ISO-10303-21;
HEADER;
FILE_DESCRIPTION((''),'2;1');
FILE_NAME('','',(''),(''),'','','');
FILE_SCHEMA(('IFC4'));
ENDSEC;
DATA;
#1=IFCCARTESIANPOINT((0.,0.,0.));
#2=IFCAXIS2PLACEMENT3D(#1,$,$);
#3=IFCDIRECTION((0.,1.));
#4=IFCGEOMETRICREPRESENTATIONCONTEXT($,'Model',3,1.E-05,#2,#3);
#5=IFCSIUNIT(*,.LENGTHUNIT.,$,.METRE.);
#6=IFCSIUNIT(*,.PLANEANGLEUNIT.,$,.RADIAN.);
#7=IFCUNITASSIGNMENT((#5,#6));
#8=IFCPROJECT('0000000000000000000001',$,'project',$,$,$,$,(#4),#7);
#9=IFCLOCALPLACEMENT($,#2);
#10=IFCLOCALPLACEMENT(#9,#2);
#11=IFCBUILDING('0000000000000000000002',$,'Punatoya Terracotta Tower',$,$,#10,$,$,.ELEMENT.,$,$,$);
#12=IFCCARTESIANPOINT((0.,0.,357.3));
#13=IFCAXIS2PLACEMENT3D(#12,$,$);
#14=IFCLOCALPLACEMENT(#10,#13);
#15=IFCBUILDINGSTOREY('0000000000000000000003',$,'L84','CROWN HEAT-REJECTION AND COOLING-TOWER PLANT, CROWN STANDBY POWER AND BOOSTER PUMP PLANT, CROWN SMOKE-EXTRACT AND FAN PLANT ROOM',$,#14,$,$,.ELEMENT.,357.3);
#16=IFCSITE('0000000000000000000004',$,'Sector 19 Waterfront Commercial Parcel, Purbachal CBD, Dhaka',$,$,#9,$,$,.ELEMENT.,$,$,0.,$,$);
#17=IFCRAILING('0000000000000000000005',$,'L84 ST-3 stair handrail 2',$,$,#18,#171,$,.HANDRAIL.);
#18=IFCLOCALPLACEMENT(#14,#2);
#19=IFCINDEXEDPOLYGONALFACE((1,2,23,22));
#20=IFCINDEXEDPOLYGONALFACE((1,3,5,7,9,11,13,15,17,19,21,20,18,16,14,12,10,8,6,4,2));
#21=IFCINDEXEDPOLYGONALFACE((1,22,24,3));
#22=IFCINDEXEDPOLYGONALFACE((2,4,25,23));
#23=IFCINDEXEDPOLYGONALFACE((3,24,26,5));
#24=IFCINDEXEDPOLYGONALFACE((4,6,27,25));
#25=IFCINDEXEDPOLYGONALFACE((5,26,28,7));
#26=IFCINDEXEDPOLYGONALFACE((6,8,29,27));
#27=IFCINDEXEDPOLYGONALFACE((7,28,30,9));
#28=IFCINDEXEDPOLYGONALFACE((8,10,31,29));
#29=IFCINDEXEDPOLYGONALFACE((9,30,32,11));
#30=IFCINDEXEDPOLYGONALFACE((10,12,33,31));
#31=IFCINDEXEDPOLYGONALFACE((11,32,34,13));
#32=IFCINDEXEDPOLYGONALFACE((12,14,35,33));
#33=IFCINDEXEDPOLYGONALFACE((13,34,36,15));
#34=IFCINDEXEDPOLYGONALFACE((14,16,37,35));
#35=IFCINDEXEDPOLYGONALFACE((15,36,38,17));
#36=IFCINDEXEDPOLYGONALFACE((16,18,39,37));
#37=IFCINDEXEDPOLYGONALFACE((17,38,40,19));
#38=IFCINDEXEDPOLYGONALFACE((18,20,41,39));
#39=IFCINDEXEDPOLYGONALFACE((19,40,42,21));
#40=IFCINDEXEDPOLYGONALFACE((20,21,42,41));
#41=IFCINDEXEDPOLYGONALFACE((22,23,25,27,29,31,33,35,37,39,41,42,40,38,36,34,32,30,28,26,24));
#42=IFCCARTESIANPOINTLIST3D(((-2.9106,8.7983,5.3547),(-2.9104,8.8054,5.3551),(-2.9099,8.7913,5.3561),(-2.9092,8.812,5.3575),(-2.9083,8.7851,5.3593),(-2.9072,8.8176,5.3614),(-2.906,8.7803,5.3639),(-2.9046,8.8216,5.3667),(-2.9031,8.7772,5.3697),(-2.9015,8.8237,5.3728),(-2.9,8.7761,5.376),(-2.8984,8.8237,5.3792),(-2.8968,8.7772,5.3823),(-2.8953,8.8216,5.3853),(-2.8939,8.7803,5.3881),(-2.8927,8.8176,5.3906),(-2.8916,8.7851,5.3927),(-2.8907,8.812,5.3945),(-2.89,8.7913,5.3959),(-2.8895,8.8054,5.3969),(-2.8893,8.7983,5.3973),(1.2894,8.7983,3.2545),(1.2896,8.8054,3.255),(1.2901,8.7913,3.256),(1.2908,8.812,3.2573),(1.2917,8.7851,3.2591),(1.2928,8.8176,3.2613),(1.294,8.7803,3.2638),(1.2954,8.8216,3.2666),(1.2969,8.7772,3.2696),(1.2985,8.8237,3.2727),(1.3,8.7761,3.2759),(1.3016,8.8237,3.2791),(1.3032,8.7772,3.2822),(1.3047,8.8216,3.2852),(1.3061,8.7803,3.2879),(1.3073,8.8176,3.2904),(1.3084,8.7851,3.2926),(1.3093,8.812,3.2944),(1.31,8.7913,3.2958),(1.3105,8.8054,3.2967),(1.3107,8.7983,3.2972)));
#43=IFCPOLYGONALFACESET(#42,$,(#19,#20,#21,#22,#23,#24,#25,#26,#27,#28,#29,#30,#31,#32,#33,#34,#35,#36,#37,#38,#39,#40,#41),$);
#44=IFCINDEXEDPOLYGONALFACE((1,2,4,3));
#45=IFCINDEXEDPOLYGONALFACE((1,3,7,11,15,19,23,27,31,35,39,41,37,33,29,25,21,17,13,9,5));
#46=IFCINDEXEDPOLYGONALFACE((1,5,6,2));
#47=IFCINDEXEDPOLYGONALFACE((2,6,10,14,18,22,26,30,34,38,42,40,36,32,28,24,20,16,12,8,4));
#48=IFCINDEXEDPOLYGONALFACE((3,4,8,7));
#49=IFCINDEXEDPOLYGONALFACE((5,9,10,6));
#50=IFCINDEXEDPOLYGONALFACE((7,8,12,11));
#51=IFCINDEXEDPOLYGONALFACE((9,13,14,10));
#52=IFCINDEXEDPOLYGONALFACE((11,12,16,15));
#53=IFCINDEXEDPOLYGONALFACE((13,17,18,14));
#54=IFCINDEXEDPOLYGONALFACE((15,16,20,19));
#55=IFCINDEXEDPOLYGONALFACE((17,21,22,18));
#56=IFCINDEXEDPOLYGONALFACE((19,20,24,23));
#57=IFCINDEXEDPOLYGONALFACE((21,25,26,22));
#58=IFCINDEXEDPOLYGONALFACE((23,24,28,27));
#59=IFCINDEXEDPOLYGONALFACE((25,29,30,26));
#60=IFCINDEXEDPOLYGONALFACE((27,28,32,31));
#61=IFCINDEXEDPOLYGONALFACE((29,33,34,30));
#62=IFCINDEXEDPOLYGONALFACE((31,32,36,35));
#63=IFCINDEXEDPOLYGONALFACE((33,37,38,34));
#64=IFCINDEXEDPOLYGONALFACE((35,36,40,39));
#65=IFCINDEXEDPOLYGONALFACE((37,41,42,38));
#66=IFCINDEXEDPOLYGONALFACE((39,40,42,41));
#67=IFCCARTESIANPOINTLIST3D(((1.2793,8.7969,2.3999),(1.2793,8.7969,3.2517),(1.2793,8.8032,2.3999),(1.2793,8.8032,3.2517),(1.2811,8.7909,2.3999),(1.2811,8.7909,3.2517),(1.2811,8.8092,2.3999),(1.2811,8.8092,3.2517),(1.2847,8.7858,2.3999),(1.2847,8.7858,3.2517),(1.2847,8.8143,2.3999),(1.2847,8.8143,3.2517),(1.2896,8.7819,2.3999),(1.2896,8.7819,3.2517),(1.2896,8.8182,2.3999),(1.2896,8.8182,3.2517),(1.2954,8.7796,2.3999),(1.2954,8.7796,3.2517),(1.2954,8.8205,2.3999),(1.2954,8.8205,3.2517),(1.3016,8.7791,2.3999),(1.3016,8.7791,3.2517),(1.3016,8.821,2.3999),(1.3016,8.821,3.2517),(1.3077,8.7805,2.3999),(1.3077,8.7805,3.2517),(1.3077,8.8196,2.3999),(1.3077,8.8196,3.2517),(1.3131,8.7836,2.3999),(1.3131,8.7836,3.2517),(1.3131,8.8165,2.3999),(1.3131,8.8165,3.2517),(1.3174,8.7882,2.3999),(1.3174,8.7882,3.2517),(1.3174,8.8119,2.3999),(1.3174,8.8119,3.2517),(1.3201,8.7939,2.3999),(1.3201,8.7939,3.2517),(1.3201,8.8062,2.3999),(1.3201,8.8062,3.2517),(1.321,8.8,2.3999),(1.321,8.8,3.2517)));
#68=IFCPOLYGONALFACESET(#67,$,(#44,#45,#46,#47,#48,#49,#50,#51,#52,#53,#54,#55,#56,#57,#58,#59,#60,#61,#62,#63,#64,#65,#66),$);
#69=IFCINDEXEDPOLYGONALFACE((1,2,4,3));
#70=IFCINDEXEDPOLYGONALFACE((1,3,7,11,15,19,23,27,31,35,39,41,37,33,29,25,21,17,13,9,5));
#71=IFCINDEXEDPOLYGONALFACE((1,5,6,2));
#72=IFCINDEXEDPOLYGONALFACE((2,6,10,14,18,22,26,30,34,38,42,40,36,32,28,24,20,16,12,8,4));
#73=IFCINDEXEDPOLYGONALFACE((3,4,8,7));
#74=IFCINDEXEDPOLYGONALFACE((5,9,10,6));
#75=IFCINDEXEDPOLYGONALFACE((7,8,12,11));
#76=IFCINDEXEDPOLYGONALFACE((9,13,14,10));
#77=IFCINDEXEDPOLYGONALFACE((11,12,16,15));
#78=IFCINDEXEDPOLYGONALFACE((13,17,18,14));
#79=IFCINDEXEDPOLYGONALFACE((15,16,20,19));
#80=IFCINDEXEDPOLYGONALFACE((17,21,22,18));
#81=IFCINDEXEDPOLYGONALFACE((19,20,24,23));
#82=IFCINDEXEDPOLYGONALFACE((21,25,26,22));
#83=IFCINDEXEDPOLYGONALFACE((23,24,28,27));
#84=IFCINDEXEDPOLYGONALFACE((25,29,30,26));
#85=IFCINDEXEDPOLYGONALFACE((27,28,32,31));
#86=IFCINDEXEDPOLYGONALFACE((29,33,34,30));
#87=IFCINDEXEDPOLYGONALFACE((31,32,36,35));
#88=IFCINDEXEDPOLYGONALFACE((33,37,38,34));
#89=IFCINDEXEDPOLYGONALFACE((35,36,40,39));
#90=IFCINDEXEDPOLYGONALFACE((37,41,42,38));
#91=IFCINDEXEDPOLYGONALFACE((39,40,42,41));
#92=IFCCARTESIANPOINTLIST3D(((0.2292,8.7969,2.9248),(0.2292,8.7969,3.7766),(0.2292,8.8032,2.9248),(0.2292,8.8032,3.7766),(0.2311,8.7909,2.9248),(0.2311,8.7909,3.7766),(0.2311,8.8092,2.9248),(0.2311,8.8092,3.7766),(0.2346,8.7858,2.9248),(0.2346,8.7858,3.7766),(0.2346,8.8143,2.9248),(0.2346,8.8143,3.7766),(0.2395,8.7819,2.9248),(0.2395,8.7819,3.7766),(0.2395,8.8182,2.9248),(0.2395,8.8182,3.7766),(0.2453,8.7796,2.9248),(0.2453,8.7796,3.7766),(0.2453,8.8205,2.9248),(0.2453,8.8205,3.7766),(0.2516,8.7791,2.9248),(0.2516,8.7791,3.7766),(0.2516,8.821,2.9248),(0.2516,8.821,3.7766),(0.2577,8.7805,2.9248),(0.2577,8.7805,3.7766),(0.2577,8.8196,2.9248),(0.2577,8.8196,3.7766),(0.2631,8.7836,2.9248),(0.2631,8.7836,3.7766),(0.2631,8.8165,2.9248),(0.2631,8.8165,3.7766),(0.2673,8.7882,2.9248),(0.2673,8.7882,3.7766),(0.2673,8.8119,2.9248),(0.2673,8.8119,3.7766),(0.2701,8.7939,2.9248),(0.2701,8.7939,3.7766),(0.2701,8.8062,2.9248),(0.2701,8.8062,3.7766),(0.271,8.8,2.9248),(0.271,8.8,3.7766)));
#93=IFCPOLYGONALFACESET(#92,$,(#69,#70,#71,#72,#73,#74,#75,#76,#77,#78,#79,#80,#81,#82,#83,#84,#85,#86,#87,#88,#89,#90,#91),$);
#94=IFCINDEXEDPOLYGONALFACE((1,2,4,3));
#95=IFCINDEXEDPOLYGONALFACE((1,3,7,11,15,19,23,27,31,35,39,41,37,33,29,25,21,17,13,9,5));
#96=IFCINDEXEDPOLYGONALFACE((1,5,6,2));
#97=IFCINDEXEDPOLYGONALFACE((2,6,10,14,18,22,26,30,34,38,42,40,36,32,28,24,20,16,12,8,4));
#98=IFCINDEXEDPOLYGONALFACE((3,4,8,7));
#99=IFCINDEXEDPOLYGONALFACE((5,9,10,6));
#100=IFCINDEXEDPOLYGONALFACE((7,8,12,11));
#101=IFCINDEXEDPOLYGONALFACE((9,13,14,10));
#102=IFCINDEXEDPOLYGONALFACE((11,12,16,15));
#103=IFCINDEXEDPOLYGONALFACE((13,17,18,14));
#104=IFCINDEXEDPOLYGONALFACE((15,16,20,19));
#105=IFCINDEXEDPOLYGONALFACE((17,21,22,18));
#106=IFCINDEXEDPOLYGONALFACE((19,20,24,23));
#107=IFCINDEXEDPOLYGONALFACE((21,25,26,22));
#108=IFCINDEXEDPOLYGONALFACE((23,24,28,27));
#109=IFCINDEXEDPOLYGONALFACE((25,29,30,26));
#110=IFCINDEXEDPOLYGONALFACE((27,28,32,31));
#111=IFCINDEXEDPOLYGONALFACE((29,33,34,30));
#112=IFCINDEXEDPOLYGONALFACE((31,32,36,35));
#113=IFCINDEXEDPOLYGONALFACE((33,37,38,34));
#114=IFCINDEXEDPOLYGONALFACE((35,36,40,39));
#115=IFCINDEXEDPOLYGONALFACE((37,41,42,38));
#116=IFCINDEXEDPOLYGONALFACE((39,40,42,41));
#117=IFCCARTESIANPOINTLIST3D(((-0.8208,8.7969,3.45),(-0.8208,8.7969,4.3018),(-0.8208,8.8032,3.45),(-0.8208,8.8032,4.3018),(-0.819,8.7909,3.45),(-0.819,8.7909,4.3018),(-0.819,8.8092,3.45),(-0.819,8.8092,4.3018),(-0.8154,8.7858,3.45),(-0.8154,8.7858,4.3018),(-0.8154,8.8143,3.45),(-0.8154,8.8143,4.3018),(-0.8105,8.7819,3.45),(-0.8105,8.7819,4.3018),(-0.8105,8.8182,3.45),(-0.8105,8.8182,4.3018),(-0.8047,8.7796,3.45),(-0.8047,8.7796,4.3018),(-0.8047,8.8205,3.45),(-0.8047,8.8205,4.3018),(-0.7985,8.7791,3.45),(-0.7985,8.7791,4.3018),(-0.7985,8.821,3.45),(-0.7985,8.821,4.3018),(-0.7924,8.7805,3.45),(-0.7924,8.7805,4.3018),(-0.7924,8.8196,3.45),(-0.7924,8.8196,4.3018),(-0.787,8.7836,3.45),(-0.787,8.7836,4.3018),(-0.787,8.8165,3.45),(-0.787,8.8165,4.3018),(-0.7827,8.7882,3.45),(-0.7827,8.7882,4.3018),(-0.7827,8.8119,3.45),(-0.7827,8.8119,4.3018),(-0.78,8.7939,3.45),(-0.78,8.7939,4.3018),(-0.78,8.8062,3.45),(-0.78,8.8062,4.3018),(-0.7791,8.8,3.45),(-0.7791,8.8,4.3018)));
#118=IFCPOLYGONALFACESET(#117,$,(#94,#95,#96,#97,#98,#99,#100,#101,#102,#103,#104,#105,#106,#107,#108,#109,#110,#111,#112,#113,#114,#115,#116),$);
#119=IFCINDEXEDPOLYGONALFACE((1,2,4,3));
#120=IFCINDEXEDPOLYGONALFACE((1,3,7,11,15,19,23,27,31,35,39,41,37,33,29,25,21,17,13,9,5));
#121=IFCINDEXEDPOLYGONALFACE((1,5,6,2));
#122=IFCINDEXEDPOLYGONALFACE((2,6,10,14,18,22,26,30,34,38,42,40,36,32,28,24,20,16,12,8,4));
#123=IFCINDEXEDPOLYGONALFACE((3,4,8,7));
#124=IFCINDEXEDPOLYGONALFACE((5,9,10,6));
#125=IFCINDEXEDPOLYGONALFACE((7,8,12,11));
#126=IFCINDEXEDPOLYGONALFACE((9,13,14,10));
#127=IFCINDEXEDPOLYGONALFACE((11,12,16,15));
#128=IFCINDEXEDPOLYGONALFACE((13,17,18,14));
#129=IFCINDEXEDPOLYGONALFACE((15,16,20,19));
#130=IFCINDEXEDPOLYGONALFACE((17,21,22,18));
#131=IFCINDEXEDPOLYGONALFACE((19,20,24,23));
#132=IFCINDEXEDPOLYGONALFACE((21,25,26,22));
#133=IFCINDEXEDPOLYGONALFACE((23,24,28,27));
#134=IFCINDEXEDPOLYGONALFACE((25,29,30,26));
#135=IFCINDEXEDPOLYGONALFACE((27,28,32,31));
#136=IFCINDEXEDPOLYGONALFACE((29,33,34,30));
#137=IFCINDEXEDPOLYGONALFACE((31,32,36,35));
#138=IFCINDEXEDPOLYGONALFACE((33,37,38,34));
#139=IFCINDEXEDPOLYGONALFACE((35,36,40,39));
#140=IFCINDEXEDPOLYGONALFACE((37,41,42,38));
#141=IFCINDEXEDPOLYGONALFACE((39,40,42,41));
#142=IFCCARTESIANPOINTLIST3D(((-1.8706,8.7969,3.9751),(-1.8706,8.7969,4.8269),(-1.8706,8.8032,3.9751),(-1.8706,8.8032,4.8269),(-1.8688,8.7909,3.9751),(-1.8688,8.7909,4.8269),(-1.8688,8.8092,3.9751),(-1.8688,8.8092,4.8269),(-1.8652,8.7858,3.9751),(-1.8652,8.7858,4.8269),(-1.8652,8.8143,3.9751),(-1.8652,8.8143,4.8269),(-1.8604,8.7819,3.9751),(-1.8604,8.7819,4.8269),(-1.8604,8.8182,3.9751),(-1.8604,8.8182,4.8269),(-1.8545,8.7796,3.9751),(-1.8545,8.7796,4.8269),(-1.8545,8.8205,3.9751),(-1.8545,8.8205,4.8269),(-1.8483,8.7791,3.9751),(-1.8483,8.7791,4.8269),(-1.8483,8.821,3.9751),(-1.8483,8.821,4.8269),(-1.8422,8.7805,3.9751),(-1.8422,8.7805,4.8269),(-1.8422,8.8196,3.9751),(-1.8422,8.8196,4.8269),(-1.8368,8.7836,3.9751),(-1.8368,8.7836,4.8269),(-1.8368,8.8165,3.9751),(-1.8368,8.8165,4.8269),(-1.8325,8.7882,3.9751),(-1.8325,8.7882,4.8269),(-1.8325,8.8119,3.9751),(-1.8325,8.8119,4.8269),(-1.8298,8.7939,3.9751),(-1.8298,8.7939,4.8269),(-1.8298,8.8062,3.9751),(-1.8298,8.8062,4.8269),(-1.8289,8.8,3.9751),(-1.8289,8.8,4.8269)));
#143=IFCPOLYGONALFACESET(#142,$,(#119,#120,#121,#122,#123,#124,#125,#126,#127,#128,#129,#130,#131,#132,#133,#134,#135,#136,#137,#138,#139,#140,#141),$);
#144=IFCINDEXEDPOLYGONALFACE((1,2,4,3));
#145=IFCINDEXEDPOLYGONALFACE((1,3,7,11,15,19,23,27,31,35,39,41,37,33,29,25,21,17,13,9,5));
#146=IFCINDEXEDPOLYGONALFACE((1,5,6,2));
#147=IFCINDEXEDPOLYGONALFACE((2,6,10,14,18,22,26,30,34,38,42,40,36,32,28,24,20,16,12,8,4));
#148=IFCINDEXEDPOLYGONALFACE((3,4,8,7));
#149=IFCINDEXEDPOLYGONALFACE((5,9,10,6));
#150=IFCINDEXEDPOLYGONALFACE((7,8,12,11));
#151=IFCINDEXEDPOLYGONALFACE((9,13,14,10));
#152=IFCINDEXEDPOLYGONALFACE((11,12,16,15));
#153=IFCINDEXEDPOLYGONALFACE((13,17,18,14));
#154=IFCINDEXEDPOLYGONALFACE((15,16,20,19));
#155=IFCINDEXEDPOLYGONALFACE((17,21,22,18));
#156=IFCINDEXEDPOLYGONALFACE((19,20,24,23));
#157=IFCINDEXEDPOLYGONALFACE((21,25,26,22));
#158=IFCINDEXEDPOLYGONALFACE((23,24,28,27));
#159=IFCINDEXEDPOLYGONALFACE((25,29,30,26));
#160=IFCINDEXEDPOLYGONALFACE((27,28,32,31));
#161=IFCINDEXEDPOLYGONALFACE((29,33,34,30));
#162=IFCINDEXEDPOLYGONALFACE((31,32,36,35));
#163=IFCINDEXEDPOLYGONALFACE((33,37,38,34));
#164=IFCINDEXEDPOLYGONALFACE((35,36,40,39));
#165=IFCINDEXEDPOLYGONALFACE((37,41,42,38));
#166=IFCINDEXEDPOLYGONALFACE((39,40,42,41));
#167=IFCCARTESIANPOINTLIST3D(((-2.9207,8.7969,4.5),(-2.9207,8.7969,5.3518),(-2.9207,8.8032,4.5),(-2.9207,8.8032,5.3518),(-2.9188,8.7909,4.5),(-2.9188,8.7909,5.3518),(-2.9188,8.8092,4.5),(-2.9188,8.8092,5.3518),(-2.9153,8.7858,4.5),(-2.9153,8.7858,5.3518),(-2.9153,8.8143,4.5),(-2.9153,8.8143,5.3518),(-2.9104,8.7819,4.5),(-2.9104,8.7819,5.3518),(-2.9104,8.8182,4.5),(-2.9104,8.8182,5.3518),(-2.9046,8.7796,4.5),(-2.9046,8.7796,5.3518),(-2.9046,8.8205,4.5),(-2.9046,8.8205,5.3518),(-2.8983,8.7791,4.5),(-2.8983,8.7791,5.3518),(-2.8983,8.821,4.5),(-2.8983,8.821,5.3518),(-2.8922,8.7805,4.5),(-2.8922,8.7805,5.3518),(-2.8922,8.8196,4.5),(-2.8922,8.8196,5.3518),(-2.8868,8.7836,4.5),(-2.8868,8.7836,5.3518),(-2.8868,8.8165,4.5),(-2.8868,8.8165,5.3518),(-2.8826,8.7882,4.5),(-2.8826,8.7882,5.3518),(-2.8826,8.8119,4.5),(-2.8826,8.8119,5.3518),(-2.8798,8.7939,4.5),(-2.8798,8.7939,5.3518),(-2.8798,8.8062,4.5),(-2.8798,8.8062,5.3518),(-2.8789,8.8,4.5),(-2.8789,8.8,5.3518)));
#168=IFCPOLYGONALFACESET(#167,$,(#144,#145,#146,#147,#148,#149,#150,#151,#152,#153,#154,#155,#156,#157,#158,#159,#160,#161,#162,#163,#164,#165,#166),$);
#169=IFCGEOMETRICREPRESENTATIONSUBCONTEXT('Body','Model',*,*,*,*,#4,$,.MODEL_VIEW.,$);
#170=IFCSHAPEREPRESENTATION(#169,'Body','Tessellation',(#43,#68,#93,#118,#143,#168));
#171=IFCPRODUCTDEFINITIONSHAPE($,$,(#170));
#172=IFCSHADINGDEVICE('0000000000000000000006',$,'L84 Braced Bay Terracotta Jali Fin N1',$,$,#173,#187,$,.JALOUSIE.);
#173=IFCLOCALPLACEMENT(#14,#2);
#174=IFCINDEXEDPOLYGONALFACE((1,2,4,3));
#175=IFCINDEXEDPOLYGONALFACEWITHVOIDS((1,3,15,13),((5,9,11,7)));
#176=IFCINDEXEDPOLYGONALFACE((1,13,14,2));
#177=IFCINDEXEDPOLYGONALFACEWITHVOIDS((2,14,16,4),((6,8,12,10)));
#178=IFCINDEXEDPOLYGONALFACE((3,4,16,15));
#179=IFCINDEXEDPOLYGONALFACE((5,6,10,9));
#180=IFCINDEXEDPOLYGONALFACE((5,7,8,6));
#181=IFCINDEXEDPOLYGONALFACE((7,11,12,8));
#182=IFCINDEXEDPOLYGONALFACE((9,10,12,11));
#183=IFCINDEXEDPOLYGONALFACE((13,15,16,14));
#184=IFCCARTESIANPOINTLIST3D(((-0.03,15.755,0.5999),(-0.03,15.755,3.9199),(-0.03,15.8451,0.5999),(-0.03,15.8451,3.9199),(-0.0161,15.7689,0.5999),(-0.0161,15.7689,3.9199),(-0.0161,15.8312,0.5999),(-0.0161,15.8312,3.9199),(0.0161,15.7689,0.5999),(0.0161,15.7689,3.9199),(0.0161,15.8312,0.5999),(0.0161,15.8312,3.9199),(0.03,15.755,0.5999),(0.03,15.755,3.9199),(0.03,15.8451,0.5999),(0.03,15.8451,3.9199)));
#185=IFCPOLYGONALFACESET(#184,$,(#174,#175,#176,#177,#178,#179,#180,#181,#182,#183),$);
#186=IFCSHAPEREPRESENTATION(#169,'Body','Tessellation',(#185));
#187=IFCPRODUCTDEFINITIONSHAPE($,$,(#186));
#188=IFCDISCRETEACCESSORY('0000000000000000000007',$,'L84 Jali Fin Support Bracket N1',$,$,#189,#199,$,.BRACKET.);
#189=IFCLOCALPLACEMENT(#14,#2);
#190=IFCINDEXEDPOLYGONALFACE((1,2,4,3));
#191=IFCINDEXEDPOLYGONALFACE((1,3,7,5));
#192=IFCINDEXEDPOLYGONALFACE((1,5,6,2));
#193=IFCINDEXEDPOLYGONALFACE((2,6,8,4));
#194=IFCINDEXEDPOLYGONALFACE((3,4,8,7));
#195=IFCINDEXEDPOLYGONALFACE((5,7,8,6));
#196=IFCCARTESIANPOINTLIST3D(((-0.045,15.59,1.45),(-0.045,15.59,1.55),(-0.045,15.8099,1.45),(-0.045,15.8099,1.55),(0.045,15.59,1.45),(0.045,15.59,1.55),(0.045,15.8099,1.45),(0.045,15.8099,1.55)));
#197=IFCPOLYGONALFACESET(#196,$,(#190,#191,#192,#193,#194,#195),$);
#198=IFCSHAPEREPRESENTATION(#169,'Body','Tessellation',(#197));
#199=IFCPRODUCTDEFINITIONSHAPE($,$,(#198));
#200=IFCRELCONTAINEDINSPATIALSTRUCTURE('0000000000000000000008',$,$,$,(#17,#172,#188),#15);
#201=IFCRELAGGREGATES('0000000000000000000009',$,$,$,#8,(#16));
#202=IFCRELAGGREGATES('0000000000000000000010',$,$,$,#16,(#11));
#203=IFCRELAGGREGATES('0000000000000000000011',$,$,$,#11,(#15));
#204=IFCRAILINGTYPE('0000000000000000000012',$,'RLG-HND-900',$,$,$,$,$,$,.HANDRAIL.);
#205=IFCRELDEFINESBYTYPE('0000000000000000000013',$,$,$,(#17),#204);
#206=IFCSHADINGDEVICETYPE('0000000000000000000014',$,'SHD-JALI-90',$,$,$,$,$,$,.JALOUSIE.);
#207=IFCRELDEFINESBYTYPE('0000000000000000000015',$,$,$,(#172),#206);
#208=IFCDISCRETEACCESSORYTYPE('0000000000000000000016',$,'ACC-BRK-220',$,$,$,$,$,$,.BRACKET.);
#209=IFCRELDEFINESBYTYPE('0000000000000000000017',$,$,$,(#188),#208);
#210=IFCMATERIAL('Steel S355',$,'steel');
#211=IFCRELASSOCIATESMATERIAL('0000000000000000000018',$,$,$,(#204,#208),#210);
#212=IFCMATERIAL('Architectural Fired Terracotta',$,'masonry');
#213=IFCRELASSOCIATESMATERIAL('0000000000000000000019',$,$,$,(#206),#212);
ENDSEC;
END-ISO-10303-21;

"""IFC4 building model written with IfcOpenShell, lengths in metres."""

from ifc_helpers import new_model, si_unit, direction, frame, origin, origin_2d, place, context, subcontext, project, spatial, rectangle, hollow_rectangle, circle, extrude, material, material_profile, profile_set, type_object, element, save


model = new_model("IFC4")

# Units and contexts
model_context = context("Model", 3, precision=1e-05, world=origin(), true_north=direction((0.0, 1.0)))
body_context = subcontext(model_context, "Body", "Model", "MODEL_VIEW")
ifc_project = project(units=[si_unit("LENGTHUNIT", "METRE"), si_unit("PLANEANGLEUNIT", "RADIAN")], contexts=[model_context])

# Site, building, storey
site_placement = place(None, origin())
site = spatial("IfcSite", under=ifc_project, at=site_placement, Name="Sector 19 Waterfront Commercial Parcel, Purbachal CBD, Dhaka", CompositionType="ELEMENT", RefElevation=0.0)
building_placement = place(site_placement, origin())
building = spatial("IfcBuilding", under=site, at=building_placement, Name="Punatoya Terracotta Tower", CompositionType="ELEMENT")
storey_placement = place(building_placement, frame((0.0, 0.0, 357.3)))
storey = spatial("IfcBuildingStorey", under=building, at=storey_placement, Name="L84", Description="CROWN HEAT-REJECTION AND COOLING-TOWER PLANT, CROWN STANDBY POWER AND BOOSTER PUMP PLANT, CROWN SMOKE-EXTRACT AND FAN PLANT ROOM", CompositionType="ELEMENT", Elevation=357.3)

# Shared definitions
ifc_material_1 = material(Name="Steel S355", Category="steel")

# Railing
railing_type_1 = type_object("IfcRailingType", Name="RLG-HND-900", PredefinedType="HANDRAIL", material=ifc_material_1)
railing_1_placement = place(storey_placement, frame((1.3, 8.8, 2.3999)))
element("IfcRailing", 1, at=railing_1_placement, inside=storey, type_object=railing_type_1, Name="L84 ST-3 stair handrail 2", PredefinedType="HANDRAIL", context=body_context, shape_type="SweptSolid", body=[
    extrude(circle(Radius=0.0239, at=origin_2d()), frame((0.0, 0.0, 0.876), z_axis=(-0.894417, 0.0, 0.447234), x_axis=(0.0, -1.0, 0.0)), (0.0, 0.0, 1.0), 4.6958),
    extrude(circle(Radius=0.021, at=origin_2d()), origin(), (0.0, 0.0, 1.0), 0.8518),
    extrude(circle(Radius=0.021, at=origin_2d()), frame((-1.05, 0.0, 0.5249)), (0.0, 0.0, 1.0), 0.8518),
    extrude(circle(Radius=0.021, at=origin_2d()), frame((-2.1001, 0.0, 1.05)), (0.0, 0.0, 1.0), 0.8518),
    extrude(circle(Radius=0.021, at=origin_2d()), frame((-3.1499, 0.0, 1.5752)), (0.0, 0.0, 1.0), 0.8518),
    extrude(circle(Radius=0.021, at=origin_2d()), frame((-4.2, 0.0, 2.1001)), (0.0, 0.0, 1.0), 0.8518),
])

# Shading device
ifc_material_2 = material(Name="Architectural Fired Terracotta", Category="masonry")
ifc_material_profile_1 = material_profile(ifc_material_2, hollow_rectangle(XDim=0.0601, YDim=0.0901, WallThickness=0.0139, at=origin_2d()))
ifc_profile_set_1 = profile_set([ifc_material_profile_1], Name="Architectural Fired Terracotta")
shading_device_type = type_object("IfcShadingDeviceType", Name="SHD-JALI-90", PredefinedType="JALOUSIE", material=ifc_profile_set_1)
shading_device_placement = place(storey_placement, frame((0.0, 15.8, 0.5999), z_axis=(0.0, 0.0, 1.0), x_axis=(1.0, 0.0, 0.0)))
element("IfcShadingDevice", 2, at=shading_device_placement, inside=storey, type_object=shading_device_type, Name="L84 Braced Bay Terracotta Jali Fin N1", PredefinedType="JALOUSIE", context=body_context, shape_type="SweptSolid", body=[
    extrude(hollow_rectangle(XDim=0.0601, YDim=0.0901, WallThickness=0.0139, at=origin_2d()), origin(), (0.0, 0.0, 1.0), 3.3201),
])

# Discrete accessory
discrete_accessory_type = type_object("IfcDiscreteAccessoryType", Name="ACC-BRK-220", PredefinedType="BRACKET", material=ifc_material_1)
discrete_accessory_placement = place(storey_placement, frame((0.0, 15.7, 1.45), z_axis=(0.0, 0.0, 1.0), x_axis=(-1.0, 0.0, 0.0)))
element("IfcDiscreteAccessory", 3, at=discrete_accessory_placement, inside=storey, type_object=discrete_accessory_type, Name="L84 Jali Fin Support Bracket N1", PredefinedType="BRACKET", context=body_context, shape_type="SweptSolid", body=[
    extrude(rectangle(XDim=0.0901, YDim=0.22, at=origin_2d()), origin(), (0.0, 0.0, 1.0), 0.1001),
])

save(model, "model.ifc")
